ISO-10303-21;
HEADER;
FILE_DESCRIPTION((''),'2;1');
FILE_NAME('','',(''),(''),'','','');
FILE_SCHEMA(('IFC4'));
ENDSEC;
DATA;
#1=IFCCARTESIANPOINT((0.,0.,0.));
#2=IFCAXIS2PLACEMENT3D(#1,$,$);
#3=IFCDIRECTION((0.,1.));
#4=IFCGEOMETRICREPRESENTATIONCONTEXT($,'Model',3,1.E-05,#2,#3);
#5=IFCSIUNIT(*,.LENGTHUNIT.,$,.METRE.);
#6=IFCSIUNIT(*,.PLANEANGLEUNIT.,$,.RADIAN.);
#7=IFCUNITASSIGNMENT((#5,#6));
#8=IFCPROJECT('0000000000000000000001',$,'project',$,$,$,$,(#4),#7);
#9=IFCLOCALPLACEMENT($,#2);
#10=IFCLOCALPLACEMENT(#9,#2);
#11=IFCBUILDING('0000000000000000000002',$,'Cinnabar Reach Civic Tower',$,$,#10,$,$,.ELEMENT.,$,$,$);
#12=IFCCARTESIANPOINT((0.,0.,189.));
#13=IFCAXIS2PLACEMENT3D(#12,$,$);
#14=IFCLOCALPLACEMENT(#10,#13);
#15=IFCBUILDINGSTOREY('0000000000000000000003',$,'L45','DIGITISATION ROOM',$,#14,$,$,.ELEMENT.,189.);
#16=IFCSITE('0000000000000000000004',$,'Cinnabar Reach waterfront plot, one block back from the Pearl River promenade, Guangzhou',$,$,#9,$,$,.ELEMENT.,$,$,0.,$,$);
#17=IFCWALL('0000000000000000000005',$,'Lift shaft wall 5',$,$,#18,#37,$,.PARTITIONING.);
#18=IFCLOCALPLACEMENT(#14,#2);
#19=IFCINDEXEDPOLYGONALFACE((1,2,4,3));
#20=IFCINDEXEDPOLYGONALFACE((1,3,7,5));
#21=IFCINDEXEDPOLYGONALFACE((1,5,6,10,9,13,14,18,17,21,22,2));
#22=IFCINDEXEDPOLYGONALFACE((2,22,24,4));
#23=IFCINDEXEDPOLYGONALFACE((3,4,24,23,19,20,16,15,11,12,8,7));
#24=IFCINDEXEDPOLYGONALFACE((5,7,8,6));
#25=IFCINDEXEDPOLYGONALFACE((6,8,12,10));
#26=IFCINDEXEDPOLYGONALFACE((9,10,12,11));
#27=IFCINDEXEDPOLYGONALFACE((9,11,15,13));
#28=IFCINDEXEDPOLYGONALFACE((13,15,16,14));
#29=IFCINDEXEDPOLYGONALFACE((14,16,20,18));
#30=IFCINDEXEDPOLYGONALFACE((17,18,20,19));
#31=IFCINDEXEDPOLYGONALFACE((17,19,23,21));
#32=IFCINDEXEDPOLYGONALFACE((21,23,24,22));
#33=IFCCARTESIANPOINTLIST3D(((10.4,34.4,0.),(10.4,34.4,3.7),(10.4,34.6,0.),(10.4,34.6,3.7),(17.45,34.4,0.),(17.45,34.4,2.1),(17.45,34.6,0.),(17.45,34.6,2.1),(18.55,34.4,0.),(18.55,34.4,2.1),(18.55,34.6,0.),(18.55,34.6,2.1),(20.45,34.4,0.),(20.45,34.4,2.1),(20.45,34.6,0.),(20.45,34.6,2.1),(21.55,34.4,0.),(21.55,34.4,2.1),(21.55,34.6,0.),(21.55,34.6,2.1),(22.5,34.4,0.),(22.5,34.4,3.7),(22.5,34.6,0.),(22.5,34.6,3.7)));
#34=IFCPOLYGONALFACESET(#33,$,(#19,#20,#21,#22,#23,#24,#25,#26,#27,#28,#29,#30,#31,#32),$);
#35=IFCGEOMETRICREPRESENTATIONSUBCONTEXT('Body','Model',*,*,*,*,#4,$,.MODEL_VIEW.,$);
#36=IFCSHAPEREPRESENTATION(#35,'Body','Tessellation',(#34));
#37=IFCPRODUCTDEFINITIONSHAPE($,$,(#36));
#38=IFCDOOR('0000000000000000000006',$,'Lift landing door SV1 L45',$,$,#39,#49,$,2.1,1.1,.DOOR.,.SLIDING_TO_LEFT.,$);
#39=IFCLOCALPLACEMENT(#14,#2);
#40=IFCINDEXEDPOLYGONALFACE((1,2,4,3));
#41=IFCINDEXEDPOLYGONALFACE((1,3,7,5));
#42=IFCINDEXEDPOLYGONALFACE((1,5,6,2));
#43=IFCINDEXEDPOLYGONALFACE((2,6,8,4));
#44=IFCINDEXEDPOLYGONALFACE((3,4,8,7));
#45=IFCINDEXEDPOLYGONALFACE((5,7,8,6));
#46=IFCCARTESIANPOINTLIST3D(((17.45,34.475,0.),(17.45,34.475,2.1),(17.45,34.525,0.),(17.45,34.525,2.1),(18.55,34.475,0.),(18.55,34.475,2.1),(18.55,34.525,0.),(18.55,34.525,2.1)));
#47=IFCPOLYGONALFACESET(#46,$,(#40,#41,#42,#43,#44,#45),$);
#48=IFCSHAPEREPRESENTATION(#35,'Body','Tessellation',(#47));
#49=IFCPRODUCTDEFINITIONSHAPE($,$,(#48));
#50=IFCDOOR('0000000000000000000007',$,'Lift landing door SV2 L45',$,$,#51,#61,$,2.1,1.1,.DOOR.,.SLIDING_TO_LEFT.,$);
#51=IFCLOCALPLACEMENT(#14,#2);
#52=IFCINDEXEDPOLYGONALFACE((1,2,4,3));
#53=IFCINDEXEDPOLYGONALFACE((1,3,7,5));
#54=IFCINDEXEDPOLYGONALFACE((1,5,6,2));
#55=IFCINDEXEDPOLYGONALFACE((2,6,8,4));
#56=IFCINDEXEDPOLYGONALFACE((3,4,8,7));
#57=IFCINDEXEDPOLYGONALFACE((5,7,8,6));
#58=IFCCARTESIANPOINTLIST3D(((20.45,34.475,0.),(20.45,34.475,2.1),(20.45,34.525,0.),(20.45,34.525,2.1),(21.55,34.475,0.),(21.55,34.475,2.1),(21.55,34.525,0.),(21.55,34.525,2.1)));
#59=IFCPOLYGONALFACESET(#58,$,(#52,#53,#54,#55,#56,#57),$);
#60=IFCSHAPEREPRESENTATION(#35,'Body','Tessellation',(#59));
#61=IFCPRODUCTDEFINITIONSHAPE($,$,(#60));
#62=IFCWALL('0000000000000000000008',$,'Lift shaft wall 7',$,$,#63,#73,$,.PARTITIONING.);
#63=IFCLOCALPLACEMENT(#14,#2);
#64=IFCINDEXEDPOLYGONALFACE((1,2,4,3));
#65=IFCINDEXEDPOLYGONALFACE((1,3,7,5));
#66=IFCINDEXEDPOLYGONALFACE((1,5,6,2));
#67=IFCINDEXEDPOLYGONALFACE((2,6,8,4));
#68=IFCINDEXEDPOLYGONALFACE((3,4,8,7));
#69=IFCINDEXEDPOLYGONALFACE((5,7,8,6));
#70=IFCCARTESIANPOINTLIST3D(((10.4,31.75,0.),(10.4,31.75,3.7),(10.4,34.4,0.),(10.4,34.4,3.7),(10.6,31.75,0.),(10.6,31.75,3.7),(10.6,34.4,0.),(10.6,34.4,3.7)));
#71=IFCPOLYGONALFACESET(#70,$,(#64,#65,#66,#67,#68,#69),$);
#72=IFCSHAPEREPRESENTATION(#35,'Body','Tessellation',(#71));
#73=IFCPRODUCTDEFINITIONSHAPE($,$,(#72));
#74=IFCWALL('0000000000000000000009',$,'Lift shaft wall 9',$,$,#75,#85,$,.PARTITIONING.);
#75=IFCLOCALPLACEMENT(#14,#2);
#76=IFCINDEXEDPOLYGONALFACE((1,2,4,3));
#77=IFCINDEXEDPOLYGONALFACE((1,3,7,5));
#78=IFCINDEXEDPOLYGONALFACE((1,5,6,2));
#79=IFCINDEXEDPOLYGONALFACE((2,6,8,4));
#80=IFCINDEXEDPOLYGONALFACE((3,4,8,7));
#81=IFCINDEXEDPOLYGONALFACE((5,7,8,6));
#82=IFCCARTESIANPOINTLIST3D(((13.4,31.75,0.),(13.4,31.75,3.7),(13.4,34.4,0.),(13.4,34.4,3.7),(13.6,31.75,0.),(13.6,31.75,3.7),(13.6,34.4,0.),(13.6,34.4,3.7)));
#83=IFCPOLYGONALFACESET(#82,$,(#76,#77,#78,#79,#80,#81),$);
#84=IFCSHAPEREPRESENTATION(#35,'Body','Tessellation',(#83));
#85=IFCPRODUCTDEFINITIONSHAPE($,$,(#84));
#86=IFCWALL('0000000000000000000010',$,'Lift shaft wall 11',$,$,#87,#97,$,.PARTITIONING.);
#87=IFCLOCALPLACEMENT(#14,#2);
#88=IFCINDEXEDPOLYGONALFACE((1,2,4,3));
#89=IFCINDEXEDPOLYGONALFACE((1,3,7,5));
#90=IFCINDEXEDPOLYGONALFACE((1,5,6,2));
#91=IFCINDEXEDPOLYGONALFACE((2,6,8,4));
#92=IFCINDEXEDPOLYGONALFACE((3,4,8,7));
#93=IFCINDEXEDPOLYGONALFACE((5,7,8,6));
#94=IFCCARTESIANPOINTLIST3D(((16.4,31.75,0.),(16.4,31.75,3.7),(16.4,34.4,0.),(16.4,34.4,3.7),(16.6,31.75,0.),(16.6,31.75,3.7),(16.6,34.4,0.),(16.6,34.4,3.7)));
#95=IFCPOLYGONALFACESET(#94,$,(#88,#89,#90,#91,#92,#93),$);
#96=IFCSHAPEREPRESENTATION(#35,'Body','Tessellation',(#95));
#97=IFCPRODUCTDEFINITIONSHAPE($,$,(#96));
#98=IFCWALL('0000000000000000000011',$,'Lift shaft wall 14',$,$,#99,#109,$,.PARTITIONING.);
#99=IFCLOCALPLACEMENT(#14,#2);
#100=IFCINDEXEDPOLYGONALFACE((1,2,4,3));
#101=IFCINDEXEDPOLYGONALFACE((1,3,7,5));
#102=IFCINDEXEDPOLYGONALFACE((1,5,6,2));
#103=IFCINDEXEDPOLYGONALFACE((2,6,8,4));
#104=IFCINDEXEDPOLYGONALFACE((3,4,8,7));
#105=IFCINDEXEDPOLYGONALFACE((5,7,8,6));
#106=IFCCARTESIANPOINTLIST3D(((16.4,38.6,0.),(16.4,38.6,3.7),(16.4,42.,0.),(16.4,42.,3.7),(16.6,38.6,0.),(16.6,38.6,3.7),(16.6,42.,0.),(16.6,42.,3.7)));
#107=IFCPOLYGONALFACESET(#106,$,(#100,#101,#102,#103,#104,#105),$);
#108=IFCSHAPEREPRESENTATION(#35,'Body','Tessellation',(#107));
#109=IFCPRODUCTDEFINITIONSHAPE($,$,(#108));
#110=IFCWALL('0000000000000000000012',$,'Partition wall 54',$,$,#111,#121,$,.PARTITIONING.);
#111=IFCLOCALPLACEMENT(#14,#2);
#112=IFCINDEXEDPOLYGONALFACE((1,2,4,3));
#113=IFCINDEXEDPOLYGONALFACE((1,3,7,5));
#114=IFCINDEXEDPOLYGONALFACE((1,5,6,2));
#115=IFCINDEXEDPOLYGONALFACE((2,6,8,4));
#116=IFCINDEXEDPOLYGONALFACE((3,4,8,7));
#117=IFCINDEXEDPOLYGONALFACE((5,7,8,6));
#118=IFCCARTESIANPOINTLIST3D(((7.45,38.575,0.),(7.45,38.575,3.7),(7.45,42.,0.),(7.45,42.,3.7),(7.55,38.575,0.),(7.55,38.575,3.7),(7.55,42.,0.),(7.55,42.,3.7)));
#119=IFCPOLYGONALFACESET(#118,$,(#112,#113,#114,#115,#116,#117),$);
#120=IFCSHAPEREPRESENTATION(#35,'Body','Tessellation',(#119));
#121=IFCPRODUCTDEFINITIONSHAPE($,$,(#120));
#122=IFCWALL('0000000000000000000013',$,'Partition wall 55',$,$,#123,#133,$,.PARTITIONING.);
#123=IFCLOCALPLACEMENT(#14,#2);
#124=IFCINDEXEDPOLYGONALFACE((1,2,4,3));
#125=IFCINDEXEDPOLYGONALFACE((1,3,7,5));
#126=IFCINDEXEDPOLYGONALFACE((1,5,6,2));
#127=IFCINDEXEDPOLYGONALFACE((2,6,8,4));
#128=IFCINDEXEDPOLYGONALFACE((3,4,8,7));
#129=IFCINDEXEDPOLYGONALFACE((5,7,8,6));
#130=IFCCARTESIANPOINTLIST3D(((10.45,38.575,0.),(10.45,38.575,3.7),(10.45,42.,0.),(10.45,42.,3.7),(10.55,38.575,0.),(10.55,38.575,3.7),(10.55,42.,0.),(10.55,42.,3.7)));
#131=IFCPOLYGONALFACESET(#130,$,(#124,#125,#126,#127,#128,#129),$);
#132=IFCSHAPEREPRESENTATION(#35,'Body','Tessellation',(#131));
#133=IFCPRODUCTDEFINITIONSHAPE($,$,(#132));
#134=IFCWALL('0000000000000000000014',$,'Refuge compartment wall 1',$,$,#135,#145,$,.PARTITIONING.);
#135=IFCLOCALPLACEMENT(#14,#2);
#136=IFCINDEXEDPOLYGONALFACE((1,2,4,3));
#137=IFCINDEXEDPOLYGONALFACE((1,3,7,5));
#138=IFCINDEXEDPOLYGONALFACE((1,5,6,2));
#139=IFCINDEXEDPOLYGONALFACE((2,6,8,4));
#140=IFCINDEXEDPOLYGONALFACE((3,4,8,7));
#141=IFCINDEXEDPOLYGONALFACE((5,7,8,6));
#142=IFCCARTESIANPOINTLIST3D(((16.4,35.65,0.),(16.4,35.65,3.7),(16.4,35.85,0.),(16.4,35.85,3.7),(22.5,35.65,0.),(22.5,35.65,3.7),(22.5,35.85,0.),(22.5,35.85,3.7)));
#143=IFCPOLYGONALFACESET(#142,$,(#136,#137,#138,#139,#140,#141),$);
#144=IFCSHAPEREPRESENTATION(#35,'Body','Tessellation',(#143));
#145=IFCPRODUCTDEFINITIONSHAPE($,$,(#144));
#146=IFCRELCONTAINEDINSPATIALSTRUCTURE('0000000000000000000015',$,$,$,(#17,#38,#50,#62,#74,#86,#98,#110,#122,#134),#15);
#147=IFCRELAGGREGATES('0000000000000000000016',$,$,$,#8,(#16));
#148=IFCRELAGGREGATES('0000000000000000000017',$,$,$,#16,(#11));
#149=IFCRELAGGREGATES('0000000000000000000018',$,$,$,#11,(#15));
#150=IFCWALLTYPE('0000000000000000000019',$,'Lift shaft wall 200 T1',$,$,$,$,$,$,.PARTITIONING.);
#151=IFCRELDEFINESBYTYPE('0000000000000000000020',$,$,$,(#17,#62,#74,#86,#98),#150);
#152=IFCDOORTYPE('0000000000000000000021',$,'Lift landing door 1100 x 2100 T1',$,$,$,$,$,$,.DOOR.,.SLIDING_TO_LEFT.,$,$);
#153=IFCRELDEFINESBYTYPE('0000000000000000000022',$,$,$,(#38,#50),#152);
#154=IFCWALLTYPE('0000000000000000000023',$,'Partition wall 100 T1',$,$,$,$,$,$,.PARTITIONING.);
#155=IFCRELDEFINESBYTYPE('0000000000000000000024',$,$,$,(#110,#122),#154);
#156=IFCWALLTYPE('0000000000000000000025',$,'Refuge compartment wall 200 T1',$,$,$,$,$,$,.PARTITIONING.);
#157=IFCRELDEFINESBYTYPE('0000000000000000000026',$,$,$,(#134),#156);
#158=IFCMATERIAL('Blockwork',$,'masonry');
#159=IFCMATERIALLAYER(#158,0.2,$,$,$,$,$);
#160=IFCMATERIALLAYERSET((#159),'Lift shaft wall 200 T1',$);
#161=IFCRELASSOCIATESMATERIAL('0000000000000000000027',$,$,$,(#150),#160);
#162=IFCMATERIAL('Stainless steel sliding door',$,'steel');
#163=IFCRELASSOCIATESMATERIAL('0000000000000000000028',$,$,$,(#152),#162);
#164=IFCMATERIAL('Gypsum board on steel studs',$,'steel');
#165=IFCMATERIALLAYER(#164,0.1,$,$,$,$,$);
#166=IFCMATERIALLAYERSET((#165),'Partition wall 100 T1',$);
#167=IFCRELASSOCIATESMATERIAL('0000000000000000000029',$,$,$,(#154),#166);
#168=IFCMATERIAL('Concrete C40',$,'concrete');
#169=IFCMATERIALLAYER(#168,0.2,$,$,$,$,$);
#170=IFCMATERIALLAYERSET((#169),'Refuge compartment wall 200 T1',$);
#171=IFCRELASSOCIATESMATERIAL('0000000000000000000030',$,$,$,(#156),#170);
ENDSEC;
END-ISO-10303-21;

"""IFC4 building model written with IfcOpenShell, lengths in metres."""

from ifc_helpers import new_model, si_unit, direction, frame, frame_2d, origin, place, context, subcontext, project, spatial, rectangle, extrude, material, layer, layer_set, type_object, element, fill, save


model = new_model("IFC4")

# Units and contexts
model_context = context("Model", 3, precision=1e-05, world=origin(), true_north=direction((0.0, 1.0)))
body_context = subcontext(model_context, "Body", "Model", "MODEL_VIEW")
ifc_project = project(units=[si_unit("LENGTHUNIT", "METRE"), si_unit("PLANEANGLEUNIT", "RADIAN")], contexts=[model_context])

# Site, building, storey
site_placement = place(None, origin())
site = spatial("IfcSite", under=ifc_project, at=site_placement, Name="Cinnabar Reach waterfront plot, one block back from the Pearl River promenade, Guangzhou", CompositionType="ELEMENT", RefElevation=0.0)
building_placement = place(site_placement, origin())
building = spatial("IfcBuilding", under=site, at=building_placement, Name="Cinnabar Reach Civic Tower", CompositionType="ELEMENT")
storey_placement = place(building_placement, frame((0.0, 0.0, 189.0)))
storey = spatial("IfcBuildingStorey", under=building, at=storey_placement, Name="L45", Description="DIGITISATION ROOM", CompositionType="ELEMENT", Elevation=189.0)

# Wall, openings, doors
ifc_material_1 = material(Name="Blockwork", Category="masonry")
ifc_layer_1 = layer(ifc_material_1, 0.2)
ifc_layer_set_1 = layer_set([ifc_layer_1], Name="Lift shaft wall 200 T1")
wall_type_1 = type_object("IfcWallType", Name="Lift shaft wall 200 T1", PredefinedType="PARTITIONING", material=ifc_layer_set_1)
wall_1_placement = place(storey_placement, frame((10.4, 34.5, 0.0), z_axis=(0.0, 0.0, 1.0), x_axis=(1.0, 0.0, 0.0)))
wall_1 = element("IfcWall", 1, at=wall_1_placement, inside=storey, type_object=wall_type_1, Name="Lift shaft wall 5", PredefinedType="PARTITIONING", context=body_context, shape_type="SweptSolid", body=[
    extrude(rectangle(XDim=12.1, YDim=0.2, at=frame_2d((6.05, 0.0))), origin(), (0.0, 0.0, 1.0), 3.7),
])
opening_1_placement = place(wall_1_placement, frame((7.05, 0.0, 0.0)))
opening_1 = element("IfcOpeningElement", 2, at=opening_1_placement, cuts=wall_1, PredefinedType="OPENING", context=body_context, shape_type="SweptSolid", body=[
    extrude(rectangle(XDim=1.1, YDim=2.1, at=frame_2d((0.55, 1.05))), frame((0.0, 0.11, 0.0), z_axis=(0.0, -1.0, 0.0), x_axis=(1.0, 0.0, 0.0)), (0.0, 0.0, 1.0), 0.22),
])
opening_2_placement = place(wall_1_placement, frame((10.05, 0.0, 0.0)))
opening_2 = element("IfcOpeningElement", 3, at=opening_2_placement, cuts=wall_1, PredefinedType="OPENING", context=body_context, shape_type="SweptSolid", body=[
    extrude(rectangle(XDim=1.1, YDim=2.1, at=frame_2d((0.55, 1.05))), frame((0.0, 0.11, 0.0), z_axis=(0.0, -1.0, 0.0), x_axis=(1.0, 0.0, 0.0)), (0.0, 0.0, 1.0), 0.22),
])
ifc_material_2 = material(Name="Stainless steel sliding door", Category="steel")
door_type_1 = type_object("IfcDoorType", Name="Lift landing door 1100 x 2100 T1", OperationType="SLIDING_TO_LEFT", PredefinedType="DOOR", material=ifc_material_2)
door_1_placement = place(opening_1_placement, origin())
door_1 = element("IfcDoor", 4, at=door_1_placement, inside=storey, type_object=door_type_1, Name="Lift landing door SV1 L45", OperationType="SLIDING_TO_LEFT", OverallHeight=2.1, OverallWidth=1.1, PredefinedType="DOOR", context=body_context, shape_type="SweptSolid", body=[
    extrude(rectangle(XDim=1.1, YDim=2.1, at=frame_2d((0.55, 1.05))), frame((0.0, 0.025, 0.0), z_axis=(0.0, -1.0, 0.0), x_axis=(1.0, 0.0, 0.0)), (0.0, 0.0, 1.0), 0.05),
])
fill(opening_1, door_1)
door_2_placement = place(opening_2_placement, origin())
door_2 = element("IfcDoor", 5, at=door_2_placement, inside=storey, type_object=door_type_1, Name="Lift landing door SV2 L45", OperationType="SLIDING_TO_LEFT", OverallHeight=2.1, OverallWidth=1.1, PredefinedType="DOOR", context=body_context, shape_type="SweptSolid", body=[
    extrude(rectangle(XDim=1.1, YDim=2.1, at=frame_2d((0.55, 1.05))), frame((0.0, 0.025, 0.0), z_axis=(0.0, -1.0, 0.0), x_axis=(1.0, 0.0, 0.0)), (0.0, 0.0, 1.0), 0.05),
])
fill(opening_2, door_2)

# Walls
for number, where, z_axis, x_axis, name in (
    (6, (10.5, 31.75, 0.0), (0.0, 0.0, 1.0), (0.0, 1.0, 0.0), "Lift shaft wall 7"),
    (7, (13.5, 31.75, 0.0), (0.0, 0.0, 1.0), (0.0, 1.0, 0.0), "Lift shaft wall 9"),
    (8, (16.5, 31.75, 0.0), (0.0, 0.0, 1.0), (0.0, 1.0, 0.0), "Lift shaft wall 11"),
):
    element("IfcWall", number, at=place(storey_placement, frame(where, z_axis=z_axis, x_axis=x_axis)), inside=storey, type_object=wall_type_1, Name=name, PredefinedType="PARTITIONING", context=body_context, shape_type="SweptSolid", body=[
        extrude(rectangle(XDim=2.65, YDim=0.2, at=frame_2d((1.325, 0.0))), origin(), (0.0, 0.0, 1.0), 3.7),
    ])
wall_2_placement = place(storey_placement, frame((16.5, 38.6, 0.0), z_axis=(0.0, 0.0, 1.0), x_axis=(0.0, 1.0, 0.0)))
element("IfcWall", 9, at=wall_2_placement, inside=storey, type_object=wall_type_1, Name="Lift shaft wall 14", PredefinedType="PARTITIONING", context=body_context, shape_type="SweptSolid", body=[
    extrude(rectangle(XDim=3.4, YDim=0.2, at=frame_2d((1.7, 0.0))), origin(), (0.0, 0.0, 1.0), 3.7),
])
ifc_material_3 = material(Name="Gypsum board on steel studs", Category="steel")
ifc_layer_2 = layer(ifc_material_3, 0.1)
ifc_layer_set_2 = layer_set([ifc_layer_2], Name="Partition wall 100 T1")
wall_type_2 = type_object("IfcWallType", Name="Partition wall 100 T1", PredefinedType="PARTITIONING", material=ifc_layer_set_2)
for number, where, z_axis, x_axis, name in (
    (10, (7.5, 38.575, 0.0), (0.0, 0.0, 1.0), (0.0, 1.0, 0.0), "Partition wall 54"),
    (11, (10.5, 38.575, 0.0), (0.0, 0.0, 1.0), (0.0, 1.0, 0.0), "Partition wall 55"),
):
    element("IfcWall", number, at=place(storey_placement, frame(where, z_axis=z_axis, x_axis=x_axis)), inside=storey, type_object=wall_type_2, Name=name, PredefinedType="PARTITIONING", context=body_context, shape_type="SweptSolid", body=[
        extrude(rectangle(XDim=3.425, YDim=0.1, at=frame_2d((1.7125, 0.0))), origin(), (0.0, 0.0, 1.0), 3.7),
    ])
ifc_material_4 = material(Name="Concrete C40", Category="concrete")
ifc_layer_3 = layer(ifc_material_4, 0.2)
ifc_layer_set_3 = layer_set([ifc_layer_3], Name="Refuge compartment wall 200 T1")
wall_type_3 = type_object("IfcWallType", Name="Refuge compartment wall 200 T1", PredefinedType="PARTITIONING", material=ifc_layer_set_3)
wall_3_placement = place(storey_placement, frame((16.4, 35.75, 0.0), z_axis=(0.0, 0.0, 1.0), x_axis=(1.0, 0.0, 0.0)))
element("IfcWall", 12, at=wall_3_placement, inside=storey, type_object=wall_type_3, Name="Refuge compartment wall 1", PredefinedType="PARTITIONING", context=body_context, shape_type="SweptSolid", body=[
    extrude(rectangle(XDim=6.1, YDim=0.2, at=frame_2d((3.05, 0.0))), origin(), (0.0, 0.0, 1.0), 3.7),
])

save(model, "model.ifc")
